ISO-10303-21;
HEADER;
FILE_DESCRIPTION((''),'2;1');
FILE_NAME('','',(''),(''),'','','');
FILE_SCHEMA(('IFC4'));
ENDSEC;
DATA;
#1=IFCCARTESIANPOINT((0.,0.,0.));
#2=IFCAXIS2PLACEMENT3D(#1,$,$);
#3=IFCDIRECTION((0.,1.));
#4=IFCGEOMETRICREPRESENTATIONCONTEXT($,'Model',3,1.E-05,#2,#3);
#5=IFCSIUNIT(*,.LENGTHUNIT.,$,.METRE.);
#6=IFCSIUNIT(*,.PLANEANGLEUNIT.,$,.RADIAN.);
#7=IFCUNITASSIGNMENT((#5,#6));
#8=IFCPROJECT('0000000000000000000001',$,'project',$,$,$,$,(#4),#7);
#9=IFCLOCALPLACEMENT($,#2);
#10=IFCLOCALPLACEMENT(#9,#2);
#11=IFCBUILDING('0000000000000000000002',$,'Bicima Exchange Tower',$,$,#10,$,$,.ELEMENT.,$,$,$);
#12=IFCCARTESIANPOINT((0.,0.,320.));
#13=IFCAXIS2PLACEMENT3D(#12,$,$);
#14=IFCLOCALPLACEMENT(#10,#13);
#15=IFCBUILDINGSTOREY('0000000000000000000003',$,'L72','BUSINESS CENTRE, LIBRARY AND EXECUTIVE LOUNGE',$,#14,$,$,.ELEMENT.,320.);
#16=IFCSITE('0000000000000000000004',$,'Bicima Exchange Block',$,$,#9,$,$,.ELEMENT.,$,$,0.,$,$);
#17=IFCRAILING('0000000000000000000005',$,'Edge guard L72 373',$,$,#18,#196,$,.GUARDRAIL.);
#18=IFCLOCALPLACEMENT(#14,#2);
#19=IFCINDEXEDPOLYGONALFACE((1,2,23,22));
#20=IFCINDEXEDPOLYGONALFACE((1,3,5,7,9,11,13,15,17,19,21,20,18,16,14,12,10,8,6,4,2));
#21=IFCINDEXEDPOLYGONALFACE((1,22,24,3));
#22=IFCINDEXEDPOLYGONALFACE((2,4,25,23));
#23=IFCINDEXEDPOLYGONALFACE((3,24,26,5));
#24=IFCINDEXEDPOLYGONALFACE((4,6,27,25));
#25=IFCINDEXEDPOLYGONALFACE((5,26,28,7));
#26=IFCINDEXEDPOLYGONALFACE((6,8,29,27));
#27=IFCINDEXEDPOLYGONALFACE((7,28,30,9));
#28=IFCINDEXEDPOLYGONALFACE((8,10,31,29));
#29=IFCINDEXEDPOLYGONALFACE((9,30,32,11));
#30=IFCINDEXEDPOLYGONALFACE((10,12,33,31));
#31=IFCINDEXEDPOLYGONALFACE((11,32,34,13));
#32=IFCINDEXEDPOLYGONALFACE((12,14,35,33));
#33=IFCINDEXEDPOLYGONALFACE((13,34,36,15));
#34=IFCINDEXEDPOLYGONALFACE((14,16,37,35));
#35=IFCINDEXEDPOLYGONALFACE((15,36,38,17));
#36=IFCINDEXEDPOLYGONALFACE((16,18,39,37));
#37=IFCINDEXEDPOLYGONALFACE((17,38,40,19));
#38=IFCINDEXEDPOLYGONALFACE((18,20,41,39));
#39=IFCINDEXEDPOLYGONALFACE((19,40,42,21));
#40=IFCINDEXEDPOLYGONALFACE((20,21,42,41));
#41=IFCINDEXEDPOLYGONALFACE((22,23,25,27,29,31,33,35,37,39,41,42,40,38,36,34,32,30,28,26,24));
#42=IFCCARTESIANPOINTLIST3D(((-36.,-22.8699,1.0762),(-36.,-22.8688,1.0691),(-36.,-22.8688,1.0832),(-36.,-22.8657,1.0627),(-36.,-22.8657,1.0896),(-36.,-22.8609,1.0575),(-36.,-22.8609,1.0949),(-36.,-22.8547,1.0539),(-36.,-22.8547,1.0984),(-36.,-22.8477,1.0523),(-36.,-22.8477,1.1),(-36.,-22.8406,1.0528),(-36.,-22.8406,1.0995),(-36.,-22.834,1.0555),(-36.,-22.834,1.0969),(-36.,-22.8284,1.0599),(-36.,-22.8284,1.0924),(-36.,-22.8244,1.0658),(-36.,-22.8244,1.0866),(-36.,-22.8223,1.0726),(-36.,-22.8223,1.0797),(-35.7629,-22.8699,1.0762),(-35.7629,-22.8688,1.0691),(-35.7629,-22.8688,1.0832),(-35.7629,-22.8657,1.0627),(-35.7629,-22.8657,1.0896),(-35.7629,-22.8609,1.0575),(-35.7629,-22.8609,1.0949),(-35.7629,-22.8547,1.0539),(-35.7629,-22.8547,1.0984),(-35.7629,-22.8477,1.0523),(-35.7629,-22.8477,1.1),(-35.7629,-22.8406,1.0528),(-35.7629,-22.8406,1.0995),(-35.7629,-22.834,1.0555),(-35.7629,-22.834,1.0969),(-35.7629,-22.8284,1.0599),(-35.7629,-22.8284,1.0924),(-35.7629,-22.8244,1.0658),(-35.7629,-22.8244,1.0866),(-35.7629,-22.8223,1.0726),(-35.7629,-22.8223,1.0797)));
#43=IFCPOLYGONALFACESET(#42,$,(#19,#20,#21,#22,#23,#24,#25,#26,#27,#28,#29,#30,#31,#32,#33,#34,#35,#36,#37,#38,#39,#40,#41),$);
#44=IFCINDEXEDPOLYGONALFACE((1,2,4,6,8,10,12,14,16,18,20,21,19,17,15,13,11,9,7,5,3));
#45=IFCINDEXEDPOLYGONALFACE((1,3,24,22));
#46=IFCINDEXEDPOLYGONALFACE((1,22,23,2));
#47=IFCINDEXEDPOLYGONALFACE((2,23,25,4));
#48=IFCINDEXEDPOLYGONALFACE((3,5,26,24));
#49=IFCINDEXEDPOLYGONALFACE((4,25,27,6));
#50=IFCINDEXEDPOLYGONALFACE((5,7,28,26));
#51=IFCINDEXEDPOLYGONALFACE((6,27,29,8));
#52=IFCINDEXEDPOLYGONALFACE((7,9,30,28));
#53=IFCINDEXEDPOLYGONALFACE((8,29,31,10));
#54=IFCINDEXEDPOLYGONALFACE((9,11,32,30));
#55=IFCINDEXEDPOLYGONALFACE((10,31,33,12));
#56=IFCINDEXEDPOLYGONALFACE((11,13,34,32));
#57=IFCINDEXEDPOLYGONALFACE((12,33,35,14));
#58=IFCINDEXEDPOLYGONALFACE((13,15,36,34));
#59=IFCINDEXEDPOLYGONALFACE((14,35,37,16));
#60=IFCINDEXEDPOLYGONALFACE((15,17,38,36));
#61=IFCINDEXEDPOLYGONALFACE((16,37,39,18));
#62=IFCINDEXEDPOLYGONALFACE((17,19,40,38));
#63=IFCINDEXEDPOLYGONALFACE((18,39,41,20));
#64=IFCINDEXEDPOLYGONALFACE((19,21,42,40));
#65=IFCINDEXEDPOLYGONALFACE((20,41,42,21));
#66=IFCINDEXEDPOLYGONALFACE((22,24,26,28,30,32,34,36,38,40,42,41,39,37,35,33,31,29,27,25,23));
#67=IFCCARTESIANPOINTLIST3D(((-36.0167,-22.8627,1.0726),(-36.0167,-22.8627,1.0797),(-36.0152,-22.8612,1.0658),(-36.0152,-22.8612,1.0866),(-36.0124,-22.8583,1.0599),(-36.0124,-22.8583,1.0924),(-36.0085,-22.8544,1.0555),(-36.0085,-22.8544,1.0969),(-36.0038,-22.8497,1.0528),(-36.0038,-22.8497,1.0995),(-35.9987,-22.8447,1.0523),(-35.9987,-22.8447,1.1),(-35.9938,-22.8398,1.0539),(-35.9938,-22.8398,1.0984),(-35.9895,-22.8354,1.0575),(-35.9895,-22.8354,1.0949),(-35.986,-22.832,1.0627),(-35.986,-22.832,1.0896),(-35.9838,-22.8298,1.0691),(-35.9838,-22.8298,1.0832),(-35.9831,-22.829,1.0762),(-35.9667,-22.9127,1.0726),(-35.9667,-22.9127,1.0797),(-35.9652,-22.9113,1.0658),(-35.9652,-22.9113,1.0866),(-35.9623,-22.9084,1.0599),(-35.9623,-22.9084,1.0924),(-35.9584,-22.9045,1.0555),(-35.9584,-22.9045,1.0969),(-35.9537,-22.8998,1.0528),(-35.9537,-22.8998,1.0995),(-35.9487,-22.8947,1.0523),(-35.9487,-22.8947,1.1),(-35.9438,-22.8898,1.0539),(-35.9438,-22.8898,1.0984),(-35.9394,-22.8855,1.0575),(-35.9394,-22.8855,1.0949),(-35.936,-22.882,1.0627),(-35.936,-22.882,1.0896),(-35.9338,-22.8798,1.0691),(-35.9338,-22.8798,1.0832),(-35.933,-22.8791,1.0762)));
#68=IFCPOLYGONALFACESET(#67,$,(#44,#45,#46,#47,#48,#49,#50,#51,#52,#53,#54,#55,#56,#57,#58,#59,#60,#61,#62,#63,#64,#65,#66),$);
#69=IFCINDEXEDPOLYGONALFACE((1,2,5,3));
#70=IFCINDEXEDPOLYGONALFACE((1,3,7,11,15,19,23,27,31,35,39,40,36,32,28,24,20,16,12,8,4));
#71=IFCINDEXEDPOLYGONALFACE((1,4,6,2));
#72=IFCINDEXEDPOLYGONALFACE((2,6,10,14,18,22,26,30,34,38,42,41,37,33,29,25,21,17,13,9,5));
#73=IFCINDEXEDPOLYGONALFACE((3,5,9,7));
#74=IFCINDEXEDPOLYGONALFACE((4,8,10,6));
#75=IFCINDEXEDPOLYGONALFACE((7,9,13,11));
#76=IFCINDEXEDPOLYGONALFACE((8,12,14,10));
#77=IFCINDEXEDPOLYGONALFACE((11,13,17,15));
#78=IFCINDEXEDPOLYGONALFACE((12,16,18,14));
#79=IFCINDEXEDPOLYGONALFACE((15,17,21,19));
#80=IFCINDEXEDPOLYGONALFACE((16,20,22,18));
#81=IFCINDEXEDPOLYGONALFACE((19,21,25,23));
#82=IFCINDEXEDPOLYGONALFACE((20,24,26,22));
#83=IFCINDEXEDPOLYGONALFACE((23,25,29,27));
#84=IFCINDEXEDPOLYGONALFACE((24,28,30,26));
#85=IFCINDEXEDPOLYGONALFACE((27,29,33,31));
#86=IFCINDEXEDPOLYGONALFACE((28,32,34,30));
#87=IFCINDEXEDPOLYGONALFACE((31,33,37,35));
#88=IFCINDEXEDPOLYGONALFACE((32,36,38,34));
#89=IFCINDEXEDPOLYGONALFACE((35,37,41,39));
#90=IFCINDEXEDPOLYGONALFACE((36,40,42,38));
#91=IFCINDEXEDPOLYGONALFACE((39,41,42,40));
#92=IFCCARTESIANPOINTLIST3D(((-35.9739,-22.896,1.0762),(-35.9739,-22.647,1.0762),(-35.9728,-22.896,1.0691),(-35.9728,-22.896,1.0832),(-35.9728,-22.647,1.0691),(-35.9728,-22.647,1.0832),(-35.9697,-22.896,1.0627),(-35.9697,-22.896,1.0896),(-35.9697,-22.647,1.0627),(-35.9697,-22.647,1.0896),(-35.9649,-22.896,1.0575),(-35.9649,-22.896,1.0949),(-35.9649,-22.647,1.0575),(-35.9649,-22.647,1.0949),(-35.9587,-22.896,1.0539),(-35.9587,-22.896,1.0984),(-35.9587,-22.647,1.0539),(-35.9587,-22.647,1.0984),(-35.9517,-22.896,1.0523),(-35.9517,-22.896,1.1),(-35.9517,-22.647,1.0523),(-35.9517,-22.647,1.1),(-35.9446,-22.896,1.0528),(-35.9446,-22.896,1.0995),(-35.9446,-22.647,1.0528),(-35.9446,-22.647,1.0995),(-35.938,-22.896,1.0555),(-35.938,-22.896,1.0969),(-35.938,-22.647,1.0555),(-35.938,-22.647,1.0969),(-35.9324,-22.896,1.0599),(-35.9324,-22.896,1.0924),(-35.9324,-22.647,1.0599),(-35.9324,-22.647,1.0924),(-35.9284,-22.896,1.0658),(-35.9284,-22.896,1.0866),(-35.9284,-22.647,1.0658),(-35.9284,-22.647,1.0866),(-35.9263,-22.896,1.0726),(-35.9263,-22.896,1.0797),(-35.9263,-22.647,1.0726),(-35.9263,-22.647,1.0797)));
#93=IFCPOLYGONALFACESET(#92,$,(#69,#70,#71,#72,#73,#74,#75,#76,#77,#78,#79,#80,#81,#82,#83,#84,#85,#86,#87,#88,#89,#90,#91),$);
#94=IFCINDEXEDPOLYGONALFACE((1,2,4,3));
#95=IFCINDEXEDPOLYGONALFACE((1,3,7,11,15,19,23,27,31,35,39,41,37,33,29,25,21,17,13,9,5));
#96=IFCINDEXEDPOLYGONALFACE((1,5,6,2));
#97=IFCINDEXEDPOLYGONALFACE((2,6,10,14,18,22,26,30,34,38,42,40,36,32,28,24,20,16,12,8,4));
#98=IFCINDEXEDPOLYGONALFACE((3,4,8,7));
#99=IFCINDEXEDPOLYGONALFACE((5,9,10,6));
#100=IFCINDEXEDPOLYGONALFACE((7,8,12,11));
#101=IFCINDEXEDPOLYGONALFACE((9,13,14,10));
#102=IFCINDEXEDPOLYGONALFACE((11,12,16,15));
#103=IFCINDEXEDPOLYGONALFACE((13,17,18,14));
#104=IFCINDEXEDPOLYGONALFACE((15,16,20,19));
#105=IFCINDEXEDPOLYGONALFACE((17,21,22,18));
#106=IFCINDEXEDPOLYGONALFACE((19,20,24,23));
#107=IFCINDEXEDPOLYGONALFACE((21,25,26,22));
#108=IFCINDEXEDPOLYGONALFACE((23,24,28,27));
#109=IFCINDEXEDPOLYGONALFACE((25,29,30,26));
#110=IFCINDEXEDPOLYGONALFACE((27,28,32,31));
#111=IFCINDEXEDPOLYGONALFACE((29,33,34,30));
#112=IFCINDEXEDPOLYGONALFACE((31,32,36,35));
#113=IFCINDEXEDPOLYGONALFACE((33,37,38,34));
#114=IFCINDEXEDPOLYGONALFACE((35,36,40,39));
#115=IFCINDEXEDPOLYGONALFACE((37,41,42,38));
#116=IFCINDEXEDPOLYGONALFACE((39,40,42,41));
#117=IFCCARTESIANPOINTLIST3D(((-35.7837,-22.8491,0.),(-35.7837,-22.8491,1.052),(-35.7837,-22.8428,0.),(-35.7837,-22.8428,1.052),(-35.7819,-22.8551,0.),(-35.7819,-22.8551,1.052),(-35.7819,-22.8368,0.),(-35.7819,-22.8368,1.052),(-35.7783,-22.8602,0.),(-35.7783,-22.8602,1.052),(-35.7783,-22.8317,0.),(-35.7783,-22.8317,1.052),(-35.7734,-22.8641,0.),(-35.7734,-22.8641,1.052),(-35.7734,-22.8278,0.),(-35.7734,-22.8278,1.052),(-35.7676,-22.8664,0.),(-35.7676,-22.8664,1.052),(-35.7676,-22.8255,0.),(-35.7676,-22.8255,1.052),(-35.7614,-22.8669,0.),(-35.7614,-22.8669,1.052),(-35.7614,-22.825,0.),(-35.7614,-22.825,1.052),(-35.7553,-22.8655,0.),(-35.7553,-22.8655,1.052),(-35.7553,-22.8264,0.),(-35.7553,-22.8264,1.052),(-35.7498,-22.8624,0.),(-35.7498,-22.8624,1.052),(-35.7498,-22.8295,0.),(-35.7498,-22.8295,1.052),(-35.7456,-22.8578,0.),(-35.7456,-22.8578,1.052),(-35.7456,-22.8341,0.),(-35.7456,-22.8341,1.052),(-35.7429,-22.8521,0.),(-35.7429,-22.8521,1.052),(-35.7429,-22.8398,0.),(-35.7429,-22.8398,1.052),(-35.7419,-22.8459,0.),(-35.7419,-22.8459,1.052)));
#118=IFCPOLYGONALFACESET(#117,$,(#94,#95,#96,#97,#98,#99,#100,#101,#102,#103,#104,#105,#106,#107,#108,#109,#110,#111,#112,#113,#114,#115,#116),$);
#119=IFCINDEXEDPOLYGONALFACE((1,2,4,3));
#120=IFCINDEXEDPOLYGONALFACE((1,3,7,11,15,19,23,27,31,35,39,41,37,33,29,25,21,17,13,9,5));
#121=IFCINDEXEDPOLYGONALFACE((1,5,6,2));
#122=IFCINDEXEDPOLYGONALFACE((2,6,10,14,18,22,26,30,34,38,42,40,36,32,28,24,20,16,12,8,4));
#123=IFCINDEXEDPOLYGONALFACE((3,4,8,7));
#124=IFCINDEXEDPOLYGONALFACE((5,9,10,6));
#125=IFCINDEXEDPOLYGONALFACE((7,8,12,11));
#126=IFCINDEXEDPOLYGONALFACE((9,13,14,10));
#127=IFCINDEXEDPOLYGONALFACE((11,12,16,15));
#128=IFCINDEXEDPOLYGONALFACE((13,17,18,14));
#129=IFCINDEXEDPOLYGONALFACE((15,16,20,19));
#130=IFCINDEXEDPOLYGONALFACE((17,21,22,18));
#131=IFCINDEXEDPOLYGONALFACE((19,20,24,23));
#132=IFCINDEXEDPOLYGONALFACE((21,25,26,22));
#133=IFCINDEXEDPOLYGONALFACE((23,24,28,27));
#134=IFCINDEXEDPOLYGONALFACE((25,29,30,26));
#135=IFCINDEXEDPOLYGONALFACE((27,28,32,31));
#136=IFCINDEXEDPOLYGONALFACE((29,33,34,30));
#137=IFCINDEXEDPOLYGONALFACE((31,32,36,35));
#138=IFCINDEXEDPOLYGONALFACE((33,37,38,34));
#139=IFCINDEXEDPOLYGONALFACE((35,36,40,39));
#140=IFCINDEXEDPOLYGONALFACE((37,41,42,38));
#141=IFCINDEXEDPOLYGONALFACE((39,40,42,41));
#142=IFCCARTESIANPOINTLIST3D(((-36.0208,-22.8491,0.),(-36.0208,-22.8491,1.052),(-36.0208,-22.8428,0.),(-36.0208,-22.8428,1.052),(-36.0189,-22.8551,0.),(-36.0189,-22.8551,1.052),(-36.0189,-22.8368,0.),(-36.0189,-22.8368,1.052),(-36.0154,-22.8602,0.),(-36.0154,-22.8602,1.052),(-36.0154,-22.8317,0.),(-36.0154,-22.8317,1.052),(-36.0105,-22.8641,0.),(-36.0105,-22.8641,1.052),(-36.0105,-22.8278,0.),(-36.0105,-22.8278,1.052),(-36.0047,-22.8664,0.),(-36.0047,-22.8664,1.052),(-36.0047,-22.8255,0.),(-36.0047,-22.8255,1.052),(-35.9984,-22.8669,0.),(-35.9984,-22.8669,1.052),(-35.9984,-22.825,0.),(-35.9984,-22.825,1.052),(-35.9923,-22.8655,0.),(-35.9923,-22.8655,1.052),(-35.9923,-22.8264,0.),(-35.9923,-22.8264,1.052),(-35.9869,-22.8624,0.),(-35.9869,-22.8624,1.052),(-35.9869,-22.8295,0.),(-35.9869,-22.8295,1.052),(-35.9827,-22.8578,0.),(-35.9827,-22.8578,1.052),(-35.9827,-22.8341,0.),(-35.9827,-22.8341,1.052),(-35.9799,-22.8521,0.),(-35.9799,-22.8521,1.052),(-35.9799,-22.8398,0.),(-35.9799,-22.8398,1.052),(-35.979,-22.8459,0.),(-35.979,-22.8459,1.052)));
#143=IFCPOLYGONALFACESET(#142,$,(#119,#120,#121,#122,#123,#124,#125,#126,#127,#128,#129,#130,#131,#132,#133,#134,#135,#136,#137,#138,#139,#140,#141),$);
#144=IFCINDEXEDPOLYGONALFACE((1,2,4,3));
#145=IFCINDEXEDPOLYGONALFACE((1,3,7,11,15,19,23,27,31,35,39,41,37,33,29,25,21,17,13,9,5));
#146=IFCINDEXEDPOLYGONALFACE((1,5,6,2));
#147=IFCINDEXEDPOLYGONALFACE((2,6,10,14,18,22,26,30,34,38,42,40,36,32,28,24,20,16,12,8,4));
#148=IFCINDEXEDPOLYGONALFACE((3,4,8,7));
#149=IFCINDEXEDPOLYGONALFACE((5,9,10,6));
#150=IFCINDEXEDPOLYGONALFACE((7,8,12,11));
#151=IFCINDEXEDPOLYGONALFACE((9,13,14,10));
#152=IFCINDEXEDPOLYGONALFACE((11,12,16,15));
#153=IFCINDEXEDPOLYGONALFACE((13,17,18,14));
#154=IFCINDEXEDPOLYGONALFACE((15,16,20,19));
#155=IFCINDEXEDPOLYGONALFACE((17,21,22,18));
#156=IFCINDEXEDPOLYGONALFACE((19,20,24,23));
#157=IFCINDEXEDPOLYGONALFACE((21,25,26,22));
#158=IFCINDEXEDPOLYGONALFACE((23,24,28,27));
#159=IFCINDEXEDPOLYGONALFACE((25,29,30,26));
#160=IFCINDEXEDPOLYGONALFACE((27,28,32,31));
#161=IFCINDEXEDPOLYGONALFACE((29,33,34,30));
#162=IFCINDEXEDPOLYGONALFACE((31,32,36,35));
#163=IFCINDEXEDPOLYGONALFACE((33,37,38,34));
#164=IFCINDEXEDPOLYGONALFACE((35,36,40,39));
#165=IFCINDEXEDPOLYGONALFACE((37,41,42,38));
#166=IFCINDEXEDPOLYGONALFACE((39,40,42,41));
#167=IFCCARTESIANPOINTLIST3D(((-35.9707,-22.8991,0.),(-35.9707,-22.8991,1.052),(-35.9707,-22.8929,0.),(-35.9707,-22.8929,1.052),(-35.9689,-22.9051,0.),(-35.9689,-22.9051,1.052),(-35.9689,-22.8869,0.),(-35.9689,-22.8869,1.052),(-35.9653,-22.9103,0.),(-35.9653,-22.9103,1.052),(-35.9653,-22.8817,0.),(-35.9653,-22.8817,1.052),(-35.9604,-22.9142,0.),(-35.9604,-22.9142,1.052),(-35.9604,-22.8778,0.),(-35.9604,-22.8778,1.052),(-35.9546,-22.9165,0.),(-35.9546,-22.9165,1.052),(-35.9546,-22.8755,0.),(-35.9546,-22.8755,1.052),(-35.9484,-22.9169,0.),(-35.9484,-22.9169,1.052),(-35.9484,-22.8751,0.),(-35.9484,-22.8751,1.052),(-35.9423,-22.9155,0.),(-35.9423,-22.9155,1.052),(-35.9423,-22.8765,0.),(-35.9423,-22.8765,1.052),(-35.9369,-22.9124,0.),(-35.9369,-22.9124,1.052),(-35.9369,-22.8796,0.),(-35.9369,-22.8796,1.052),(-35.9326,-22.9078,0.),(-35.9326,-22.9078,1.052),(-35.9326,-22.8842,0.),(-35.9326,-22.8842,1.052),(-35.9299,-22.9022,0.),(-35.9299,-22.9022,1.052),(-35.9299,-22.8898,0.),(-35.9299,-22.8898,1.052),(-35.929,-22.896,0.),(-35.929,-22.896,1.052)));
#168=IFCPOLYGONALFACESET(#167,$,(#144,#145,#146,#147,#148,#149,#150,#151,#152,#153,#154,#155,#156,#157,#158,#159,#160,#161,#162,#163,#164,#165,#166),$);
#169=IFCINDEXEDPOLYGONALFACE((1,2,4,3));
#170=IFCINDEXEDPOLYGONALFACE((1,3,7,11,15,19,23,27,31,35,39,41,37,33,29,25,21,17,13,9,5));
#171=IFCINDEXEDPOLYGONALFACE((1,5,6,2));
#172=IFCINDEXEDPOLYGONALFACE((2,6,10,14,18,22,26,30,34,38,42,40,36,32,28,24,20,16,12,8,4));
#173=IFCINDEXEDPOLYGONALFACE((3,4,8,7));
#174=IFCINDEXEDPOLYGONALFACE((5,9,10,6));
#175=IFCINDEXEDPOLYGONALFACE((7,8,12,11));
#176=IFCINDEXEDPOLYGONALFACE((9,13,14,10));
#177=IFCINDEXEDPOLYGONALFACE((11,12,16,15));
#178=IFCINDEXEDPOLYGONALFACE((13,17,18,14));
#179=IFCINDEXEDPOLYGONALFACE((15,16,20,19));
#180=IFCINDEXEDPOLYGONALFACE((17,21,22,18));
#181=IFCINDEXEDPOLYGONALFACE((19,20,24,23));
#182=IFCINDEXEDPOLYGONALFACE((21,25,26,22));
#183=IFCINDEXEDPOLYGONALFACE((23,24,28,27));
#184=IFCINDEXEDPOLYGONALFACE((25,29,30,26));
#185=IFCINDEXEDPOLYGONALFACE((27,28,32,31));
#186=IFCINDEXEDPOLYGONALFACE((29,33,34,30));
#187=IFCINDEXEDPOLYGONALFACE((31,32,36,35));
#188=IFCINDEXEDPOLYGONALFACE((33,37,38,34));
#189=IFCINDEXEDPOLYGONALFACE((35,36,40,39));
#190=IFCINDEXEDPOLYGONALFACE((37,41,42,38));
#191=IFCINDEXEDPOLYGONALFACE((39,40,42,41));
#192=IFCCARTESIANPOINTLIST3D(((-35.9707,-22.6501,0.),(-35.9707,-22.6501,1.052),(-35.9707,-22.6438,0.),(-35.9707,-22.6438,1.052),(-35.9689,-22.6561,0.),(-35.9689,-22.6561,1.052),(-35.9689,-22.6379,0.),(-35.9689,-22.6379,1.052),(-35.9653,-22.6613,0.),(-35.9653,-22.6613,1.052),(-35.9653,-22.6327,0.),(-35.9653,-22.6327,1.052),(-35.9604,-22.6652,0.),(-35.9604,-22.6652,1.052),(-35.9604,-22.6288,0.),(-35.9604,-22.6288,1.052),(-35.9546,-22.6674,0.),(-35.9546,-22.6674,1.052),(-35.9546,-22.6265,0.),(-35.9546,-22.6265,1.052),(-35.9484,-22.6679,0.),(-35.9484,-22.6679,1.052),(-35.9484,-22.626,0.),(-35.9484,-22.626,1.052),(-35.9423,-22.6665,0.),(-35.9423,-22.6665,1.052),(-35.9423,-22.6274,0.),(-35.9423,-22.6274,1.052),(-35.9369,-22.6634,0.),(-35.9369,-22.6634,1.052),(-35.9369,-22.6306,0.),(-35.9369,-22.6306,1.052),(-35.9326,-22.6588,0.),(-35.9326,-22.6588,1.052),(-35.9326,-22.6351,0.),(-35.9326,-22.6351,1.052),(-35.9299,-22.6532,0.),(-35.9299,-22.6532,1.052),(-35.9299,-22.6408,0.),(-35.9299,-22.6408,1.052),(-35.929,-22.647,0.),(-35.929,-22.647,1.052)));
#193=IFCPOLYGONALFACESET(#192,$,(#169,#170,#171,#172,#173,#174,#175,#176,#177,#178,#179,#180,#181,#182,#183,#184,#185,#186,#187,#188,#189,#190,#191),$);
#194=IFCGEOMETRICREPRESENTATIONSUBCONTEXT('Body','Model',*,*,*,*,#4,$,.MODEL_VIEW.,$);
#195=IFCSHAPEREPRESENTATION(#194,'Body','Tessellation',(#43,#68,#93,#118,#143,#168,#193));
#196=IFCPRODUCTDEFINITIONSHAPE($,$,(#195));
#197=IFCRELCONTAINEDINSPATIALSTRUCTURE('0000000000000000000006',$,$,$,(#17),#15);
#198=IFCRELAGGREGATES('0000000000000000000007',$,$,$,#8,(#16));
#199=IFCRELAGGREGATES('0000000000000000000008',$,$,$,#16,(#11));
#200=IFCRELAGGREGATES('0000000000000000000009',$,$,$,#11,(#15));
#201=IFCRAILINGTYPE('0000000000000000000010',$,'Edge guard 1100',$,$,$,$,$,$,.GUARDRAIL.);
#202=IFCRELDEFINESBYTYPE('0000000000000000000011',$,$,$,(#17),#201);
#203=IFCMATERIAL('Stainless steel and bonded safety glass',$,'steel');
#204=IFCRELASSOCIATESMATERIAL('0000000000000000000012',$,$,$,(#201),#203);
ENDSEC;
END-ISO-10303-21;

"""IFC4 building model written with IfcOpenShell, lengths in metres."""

from ifc_helpers import new_model, si_unit, direction, frame, origin, origin_2d, place, context, subcontext, project, spatial, circle, extrude, material, type_object, element, save


model = new_model("IFC4")

# Units and contexts
model_context = context("Model", 3, precision=1e-05, world=origin(), true_north=direction((0.0, 1.0)))
body_context = subcontext(model_context, "Body", "Model", "MODEL_VIEW")
ifc_project = project(units=[si_unit("LENGTHUNIT", "METRE"), si_unit("PLANEANGLEUNIT", "RADIAN")], contexts=[model_context])

# Site, building, storey
site_placement = place(None, origin())
site = spatial("IfcSite", under=ifc_project, at=site_placement, Name="Bicima Exchange Block", CompositionType="ELEMENT", RefElevation=0.0)
building_placement = place(site_placement, origin())
building = spatial("IfcBuilding", under=site, at=building_placement, Name="Bicima Exchange Tower", CompositionType="ELEMENT")
storey_placement = place(building_placement, frame((0.0, 0.0, 320.0)))
storey = spatial("IfcBuildingStorey", under=building, at=storey_placement, Name="L72", Description="BUSINESS CENTRE, LIBRARY AND EXECUTIVE LOUNGE", CompositionType="ELEMENT", Elevation=320.0)

# Railing
ifc_material_1 = material(Name="Stainless steel and bonded safety glass", Category="steel")
railing_type = type_object("IfcRailingType", Name="Edge guard 1100", PredefinedType="GUARDRAIL", material=ifc_material_1)
railing_1_placement = place(storey_placement, frame((-35.7629, -22.8459, 0.0)))
element("IfcRailing", 1, at=railing_1_placement, inside=storey, type_object=railing_type, Name="Edge guard L72 373", PredefinedType="GUARDRAIL", context=body_context, shape_type="SweptSolid", body=[
    extrude(circle(Radius=0.0239, at=origin_2d()), frame((0.0, 0.0, 1.0762), z_axis=(-1.0, 0.0, 0.0), x_axis=(0.0, -1.0, 0.0)), (0.0, 0.0, 1.0), 0.2371),
    extrude(circle(Radius=0.0239, at=origin_2d()), frame((-0.2371, 0.0, 1.0762), z_axis=(0.707107, -0.707107, 0.0), x_axis=(0.707107, 0.707107, 0.0)), (0.0, 0.0, 1.0), 0.0708),
    extrude(circle(Radius=0.0239, at=origin_2d()), frame((-0.187, -0.05, 1.0762), z_axis=(0.0, 1.0, 0.0), x_axis=(-1.0, 0.0, 0.0)), (0.0, 0.0, 1.0), 0.249),
    extrude(circle(Radius=0.021, at=origin_2d()), origin(), (0.0, 0.0, 1.0), 1.052),
    extrude(circle(Radius=0.021, at=origin_2d()), frame((-0.2371, 0.0, 0.0)), (0.0, 0.0, 1.0), 1.052),
    extrude(circle(Radius=0.021, at=origin_2d()), frame((-0.187, -0.05, 0.0)), (0.0, 0.0, 1.0), 1.052),
    extrude(circle(Radius=0.021, at=origin_2d()), frame((-0.187, 0.199, 0.0)), (0.0, 0.0, 1.0), 1.052),
])

save(model, "model.ifc")
